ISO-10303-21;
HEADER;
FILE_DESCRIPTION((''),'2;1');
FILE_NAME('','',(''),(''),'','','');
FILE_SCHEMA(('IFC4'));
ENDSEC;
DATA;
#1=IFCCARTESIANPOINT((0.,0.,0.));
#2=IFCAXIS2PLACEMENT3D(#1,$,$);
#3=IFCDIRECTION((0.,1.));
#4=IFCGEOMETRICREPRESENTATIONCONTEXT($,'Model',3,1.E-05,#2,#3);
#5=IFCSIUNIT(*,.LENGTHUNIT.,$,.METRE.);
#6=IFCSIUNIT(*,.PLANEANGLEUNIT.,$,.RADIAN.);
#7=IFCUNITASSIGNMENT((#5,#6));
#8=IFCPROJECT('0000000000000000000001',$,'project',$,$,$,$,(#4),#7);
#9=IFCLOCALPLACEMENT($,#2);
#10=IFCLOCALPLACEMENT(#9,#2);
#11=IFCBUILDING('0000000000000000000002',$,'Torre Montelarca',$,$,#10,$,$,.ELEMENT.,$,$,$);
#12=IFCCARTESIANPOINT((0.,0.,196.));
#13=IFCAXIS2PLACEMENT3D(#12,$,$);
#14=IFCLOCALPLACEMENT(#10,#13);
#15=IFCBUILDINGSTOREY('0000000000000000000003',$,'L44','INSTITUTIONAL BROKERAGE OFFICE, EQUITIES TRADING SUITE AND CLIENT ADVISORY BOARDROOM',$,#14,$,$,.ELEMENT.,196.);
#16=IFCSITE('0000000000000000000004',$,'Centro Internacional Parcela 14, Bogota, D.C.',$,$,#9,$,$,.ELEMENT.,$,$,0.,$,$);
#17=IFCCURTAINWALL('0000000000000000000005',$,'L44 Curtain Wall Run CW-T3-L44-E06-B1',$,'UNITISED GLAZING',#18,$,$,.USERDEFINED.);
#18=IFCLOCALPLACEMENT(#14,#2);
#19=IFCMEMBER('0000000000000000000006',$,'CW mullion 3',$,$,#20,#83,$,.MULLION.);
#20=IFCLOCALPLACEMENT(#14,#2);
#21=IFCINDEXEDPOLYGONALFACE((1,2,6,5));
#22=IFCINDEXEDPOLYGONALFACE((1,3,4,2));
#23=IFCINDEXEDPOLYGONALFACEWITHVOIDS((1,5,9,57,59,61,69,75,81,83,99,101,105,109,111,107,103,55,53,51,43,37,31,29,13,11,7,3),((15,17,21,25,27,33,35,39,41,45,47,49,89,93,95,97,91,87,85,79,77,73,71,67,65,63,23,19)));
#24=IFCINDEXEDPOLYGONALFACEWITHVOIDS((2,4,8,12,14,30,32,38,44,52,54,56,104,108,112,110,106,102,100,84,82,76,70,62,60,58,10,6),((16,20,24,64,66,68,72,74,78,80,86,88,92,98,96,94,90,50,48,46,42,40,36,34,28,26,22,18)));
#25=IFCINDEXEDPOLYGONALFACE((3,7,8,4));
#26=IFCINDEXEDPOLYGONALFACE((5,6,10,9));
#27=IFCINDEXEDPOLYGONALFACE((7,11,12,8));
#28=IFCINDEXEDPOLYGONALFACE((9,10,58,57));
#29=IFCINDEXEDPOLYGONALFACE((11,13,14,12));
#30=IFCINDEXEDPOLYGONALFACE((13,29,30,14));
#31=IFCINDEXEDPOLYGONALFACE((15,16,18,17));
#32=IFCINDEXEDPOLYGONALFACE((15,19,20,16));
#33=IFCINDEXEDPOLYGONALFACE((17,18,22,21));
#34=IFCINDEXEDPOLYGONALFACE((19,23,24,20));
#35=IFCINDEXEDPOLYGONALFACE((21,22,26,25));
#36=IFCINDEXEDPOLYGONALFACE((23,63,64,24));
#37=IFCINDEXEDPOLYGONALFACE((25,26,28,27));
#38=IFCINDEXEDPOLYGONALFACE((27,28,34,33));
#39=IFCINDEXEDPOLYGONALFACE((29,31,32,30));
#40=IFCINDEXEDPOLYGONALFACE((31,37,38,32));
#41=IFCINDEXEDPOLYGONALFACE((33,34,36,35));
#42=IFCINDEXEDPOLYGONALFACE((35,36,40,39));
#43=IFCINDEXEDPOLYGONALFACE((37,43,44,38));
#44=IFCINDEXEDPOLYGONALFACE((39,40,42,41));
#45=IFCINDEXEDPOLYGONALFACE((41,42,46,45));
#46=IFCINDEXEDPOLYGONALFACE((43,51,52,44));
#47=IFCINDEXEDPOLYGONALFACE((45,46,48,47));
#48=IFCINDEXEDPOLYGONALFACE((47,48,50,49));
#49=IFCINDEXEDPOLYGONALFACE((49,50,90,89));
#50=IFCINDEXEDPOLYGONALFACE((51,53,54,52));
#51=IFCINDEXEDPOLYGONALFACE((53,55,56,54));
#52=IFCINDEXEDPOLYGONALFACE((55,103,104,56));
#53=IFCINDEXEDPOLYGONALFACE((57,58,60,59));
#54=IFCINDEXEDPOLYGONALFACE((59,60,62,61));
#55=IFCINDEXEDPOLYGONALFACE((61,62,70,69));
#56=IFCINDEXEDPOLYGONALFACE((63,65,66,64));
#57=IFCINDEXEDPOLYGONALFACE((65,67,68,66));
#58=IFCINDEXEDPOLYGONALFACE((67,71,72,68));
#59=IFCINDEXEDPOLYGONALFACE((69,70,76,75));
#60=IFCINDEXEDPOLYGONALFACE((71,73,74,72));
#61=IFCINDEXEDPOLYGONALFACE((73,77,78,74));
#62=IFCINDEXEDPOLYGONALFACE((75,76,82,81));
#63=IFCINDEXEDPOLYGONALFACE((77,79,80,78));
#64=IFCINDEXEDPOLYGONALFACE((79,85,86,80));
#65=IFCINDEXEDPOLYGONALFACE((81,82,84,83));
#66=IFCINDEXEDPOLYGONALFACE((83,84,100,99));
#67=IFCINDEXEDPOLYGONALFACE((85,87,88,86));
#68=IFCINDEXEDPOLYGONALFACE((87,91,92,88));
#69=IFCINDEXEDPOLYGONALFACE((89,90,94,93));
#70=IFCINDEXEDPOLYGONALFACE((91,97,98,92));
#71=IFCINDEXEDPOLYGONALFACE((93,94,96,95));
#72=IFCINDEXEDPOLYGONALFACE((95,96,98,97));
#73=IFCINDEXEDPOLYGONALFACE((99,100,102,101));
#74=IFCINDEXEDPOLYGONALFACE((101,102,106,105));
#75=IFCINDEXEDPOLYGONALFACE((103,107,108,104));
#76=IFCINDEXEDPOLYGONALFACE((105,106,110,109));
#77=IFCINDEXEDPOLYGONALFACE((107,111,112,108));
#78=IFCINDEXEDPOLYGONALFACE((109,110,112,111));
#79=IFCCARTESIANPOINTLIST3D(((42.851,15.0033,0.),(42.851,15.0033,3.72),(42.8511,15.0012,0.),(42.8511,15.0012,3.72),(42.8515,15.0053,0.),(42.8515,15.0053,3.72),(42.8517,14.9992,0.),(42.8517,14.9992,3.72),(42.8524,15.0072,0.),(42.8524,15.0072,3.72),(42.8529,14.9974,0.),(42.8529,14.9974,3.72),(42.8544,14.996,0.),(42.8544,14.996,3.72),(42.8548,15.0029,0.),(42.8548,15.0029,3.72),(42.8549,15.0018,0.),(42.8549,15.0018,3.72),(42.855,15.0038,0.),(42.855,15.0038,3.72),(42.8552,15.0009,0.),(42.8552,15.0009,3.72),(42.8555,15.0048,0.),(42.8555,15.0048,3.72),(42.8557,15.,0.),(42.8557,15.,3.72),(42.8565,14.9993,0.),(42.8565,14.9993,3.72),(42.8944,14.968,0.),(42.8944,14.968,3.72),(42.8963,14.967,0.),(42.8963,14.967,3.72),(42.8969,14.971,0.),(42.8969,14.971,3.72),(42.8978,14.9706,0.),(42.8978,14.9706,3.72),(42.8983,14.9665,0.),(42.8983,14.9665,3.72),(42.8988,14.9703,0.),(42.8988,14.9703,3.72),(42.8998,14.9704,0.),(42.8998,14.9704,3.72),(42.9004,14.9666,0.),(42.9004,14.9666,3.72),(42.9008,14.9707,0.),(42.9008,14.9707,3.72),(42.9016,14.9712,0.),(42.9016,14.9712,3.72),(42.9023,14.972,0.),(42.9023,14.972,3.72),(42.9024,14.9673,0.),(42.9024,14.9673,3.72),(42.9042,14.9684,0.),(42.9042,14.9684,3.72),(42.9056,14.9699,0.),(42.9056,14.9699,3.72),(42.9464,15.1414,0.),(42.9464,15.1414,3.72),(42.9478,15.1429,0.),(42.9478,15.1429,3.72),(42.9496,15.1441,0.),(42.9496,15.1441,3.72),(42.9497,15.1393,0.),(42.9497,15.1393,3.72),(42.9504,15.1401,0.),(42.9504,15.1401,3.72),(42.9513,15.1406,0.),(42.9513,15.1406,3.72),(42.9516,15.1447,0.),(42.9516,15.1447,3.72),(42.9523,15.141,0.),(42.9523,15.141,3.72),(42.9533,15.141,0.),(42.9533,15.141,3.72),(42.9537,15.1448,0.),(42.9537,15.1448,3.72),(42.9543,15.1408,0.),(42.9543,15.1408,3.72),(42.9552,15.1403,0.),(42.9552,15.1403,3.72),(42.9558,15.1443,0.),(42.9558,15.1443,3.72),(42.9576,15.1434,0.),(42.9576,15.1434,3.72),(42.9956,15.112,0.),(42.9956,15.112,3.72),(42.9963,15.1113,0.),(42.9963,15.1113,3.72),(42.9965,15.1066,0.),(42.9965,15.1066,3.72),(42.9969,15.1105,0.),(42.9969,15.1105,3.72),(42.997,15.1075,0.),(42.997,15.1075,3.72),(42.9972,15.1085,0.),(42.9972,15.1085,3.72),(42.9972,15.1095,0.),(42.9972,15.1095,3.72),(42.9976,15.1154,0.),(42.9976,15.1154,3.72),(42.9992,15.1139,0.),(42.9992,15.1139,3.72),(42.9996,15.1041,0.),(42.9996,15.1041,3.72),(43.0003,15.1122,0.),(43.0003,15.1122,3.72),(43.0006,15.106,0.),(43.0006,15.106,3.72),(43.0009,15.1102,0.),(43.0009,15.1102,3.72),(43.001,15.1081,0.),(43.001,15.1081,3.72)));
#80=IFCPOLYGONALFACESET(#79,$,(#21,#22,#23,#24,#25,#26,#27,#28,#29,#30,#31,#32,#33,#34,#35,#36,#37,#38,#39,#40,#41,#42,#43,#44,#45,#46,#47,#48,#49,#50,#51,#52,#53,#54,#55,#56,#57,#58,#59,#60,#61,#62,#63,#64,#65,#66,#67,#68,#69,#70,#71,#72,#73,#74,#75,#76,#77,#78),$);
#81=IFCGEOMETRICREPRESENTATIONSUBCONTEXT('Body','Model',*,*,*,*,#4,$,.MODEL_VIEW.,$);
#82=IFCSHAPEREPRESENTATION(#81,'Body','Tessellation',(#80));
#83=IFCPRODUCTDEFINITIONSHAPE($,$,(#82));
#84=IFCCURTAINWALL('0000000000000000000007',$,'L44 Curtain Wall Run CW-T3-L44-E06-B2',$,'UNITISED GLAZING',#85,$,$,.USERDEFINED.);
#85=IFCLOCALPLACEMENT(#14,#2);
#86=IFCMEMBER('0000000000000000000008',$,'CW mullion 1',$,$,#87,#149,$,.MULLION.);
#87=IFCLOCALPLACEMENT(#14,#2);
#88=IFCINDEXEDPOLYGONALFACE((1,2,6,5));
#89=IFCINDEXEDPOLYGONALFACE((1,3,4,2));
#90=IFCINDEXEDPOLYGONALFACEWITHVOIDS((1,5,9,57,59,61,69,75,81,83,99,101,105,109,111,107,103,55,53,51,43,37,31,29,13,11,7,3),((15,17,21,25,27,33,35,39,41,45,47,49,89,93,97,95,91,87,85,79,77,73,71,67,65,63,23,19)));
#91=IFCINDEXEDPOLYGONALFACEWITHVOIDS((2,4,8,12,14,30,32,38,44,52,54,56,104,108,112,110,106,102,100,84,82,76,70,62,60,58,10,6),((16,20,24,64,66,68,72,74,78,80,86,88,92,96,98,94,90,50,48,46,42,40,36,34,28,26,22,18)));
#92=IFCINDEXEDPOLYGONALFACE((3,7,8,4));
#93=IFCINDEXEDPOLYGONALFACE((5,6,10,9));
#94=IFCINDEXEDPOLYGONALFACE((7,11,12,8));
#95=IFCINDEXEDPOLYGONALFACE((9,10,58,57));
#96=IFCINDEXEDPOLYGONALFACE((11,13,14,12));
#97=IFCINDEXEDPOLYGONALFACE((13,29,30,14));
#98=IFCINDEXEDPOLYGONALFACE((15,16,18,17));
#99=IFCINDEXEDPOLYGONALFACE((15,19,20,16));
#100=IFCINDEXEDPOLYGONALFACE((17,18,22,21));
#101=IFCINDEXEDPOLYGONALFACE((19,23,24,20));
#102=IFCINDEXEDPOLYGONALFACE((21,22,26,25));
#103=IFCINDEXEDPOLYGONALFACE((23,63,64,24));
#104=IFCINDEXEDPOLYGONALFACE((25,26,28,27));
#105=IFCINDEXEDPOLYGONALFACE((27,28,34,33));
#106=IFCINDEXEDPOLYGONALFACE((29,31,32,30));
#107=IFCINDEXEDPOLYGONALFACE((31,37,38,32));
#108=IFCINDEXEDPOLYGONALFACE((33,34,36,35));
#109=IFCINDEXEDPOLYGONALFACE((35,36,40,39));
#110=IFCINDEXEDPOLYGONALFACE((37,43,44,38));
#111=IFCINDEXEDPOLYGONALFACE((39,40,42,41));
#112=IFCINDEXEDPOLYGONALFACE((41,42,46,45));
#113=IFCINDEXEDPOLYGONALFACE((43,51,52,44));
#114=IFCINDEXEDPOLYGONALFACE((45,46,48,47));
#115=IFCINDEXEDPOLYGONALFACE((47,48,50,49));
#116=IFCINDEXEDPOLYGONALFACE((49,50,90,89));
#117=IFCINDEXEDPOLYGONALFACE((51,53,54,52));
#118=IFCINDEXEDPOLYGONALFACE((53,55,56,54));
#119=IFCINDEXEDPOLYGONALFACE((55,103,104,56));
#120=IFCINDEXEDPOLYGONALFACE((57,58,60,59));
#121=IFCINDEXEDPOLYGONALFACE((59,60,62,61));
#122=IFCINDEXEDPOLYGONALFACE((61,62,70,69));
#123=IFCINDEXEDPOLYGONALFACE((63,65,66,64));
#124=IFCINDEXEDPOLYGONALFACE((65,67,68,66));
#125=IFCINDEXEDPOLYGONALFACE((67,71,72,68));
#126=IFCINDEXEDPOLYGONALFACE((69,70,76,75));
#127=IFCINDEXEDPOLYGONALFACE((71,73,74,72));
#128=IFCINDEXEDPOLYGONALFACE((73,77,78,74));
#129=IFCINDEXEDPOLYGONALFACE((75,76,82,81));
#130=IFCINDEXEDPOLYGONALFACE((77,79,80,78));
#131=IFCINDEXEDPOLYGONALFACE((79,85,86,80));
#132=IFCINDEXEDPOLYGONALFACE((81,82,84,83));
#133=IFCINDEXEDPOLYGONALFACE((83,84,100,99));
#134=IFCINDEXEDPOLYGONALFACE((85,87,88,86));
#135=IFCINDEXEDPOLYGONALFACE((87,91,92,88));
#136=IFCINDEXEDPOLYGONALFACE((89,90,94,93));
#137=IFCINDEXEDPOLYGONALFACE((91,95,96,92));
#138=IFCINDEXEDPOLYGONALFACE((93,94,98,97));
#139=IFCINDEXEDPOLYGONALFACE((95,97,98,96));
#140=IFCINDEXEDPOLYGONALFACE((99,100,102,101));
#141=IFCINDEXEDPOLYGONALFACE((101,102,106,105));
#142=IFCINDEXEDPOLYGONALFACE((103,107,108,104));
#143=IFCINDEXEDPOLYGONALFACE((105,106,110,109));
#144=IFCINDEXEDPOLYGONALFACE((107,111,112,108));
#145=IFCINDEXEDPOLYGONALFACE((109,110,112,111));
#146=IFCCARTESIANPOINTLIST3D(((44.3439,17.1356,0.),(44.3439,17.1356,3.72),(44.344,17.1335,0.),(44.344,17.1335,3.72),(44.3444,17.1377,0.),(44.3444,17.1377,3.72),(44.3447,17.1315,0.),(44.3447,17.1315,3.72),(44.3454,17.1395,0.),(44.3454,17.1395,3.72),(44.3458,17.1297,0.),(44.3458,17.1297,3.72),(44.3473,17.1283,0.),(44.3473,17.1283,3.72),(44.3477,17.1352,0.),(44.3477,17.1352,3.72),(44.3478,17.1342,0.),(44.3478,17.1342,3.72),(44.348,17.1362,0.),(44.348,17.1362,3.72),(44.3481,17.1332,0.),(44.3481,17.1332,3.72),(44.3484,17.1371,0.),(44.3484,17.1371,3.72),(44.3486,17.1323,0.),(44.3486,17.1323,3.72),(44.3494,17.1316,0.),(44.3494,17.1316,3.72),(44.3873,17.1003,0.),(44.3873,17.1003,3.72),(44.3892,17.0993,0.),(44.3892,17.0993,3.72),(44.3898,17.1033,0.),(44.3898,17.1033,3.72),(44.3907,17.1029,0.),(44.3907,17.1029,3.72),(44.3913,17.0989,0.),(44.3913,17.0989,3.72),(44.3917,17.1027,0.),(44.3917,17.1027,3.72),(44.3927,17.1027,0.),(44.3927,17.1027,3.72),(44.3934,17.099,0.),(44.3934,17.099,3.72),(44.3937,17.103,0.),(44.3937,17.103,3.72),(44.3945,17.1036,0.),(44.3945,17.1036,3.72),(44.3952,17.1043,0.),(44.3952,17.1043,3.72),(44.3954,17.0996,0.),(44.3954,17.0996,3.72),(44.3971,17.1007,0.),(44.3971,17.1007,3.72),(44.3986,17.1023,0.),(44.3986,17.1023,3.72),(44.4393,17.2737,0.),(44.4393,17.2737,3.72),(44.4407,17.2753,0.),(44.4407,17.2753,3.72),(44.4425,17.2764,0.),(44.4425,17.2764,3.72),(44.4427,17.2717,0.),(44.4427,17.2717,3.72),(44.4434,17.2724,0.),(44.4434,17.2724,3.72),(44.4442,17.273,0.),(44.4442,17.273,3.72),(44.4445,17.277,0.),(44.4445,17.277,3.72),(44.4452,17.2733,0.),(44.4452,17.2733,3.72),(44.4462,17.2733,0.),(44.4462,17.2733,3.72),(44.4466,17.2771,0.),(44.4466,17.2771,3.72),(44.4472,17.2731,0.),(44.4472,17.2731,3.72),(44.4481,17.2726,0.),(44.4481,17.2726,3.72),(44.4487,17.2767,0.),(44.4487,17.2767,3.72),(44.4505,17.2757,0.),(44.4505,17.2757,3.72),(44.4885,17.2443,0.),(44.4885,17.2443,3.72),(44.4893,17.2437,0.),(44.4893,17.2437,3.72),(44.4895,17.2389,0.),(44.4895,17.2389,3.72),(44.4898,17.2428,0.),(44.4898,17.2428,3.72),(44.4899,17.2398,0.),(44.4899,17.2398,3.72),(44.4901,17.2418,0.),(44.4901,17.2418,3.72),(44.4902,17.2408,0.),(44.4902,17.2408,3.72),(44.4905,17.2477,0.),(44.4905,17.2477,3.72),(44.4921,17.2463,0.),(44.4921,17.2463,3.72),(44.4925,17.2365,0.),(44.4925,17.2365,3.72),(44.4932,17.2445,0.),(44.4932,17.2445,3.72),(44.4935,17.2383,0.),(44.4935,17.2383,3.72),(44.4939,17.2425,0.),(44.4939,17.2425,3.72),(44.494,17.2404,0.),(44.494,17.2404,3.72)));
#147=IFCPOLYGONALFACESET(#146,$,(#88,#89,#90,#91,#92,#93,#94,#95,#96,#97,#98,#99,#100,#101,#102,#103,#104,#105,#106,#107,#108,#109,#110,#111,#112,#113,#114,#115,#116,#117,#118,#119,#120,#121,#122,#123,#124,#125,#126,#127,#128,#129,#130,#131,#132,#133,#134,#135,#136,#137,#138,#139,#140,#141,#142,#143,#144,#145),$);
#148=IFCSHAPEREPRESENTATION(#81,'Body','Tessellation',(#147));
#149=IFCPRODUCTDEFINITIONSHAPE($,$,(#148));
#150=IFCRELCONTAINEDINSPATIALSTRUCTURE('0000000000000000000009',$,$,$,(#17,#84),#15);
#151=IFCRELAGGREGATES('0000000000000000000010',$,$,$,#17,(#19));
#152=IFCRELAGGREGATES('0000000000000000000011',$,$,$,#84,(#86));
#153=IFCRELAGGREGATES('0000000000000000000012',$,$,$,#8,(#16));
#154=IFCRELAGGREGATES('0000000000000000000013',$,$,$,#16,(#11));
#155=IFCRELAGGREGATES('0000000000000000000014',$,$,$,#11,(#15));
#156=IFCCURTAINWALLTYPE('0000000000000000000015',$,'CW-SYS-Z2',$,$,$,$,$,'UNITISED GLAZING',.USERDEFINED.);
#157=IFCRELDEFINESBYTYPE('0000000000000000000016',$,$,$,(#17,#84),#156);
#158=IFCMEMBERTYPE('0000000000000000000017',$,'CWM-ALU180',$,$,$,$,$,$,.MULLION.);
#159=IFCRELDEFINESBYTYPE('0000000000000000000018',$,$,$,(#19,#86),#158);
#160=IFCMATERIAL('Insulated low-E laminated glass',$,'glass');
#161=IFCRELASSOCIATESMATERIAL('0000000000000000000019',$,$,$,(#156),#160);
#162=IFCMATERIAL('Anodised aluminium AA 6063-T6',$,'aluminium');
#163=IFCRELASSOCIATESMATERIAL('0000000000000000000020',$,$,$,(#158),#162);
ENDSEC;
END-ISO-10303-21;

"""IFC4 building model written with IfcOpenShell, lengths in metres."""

from ifc_helpers import new_model, si_unit, direction, frame, origin, origin_2d, place, context, subcontext, project, spatial, hollow_rectangle, extrude, source, transform, mapped, material, material_profile, profile_set, type_object, element, aggregate, save


model = new_model("IFC4")

# Units and contexts
model_context = context("Model", 3, precision=1e-05, world=origin(), true_north=direction((0.0, 1.0)))
body_context = subcontext(model_context, "Body", "Model", "MODEL_VIEW")
ifc_project = project(units=[si_unit("LENGTHUNIT", "METRE"), si_unit("PLANEANGLEUNIT", "RADIAN")], contexts=[model_context])

# Site, building, storey
site_placement = place(None, origin())
site = spatial("IfcSite", under=ifc_project, at=site_placement, Name="Centro Internacional Parcela 14, Bogota, D.C.", CompositionType="ELEMENT", RefElevation=0.0)
building_placement = place(site_placement, origin())
building = spatial("IfcBuilding", under=site, at=building_placement, Name="Torre Montelarca", CompositionType="ELEMENT")
storey_placement = place(building_placement, frame((0.0, 0.0, 196.0)))
storey = spatial("IfcBuildingStorey", under=building, at=storey_placement, Name="L44", Description="INSTITUTIONAL BROKERAGE OFFICE, EQUITIES TRADING SUITE AND CLIENT ADVISORY BOARDROOM", CompositionType="ELEMENT", Elevation=196.0)

# Shared definitions
ifc_material_1 = material(Name="Insulated low-E laminated glass", Category="glass")
curtain_wall_type = type_object("IfcCurtainWallType", Name="CW-SYS-Z2", ElementType="UNITISED GLAZING", PredefinedType="USERDEFINED", material=ifc_material_1)
ifc_material_2 = material(Name="Anodised aluminium AA 6063-T6", Category="aluminium")

# Shared definitions
ifc_material_profile_1 = material_profile(ifc_material_2, hollow_rectangle(XDim=0.0649, YDim=0.1799, WallThickness=0.0039, InnerFilletRadius=0.0039, OuterFilletRadius=0.0081, at=origin_2d()), Name="ALU65X180X4", Category="aluminium")
ifc_profile_set_1 = profile_set([ifc_material_profile_1], Name="Anodised aluminium AA 6063-T6")
member_type_1 = type_object("IfcMemberType", Name="CWM-ALU180", PredefinedType="MULLION", material=ifc_profile_set_1)
shared_shape_1 = source(origin(), body_context, "Body", "SweptSolid", [
    extrude(hollow_rectangle(XDim=0.0649, YDim=0.1799, WallThickness=0.0039, InnerFilletRadius=0.0039, OuterFilletRadius=0.0081, at=origin_2d()), origin(), (0.0, 0.0, 1.0), 3.72),
])

# Curtain walls, members
curtain_wall_1_placement = place(storey_placement, origin())
curtain_wall_1 = element("IfcCurtainWall", 1, at=curtain_wall_1_placement, inside=storey, type_object=curtain_wall_type, Name="L44 Curtain Wall Run CW-T3-L44-E06-B1", ObjectType="UNITISED GLAZING", PredefinedType="USERDEFINED")
member_1_placement = place(storey_placement, frame((42.926, 15.0557, 0.0), z_axis=(0.0, 0.0, 1.0), x_axis=(-0.819159, 0.573567, 0.0)))
member_1 = element("IfcMember", 2, at=member_1_placement, type_object=member_type_1, Name="CW mullion 3", PredefinedType="MULLION", context=body_context, shape_type="MappedRepresentation", body=[
    mapped(shared_shape_1, transform((0.0, 0.0, 0.0), scale=1.0)),
])
curtain_wall_2_placement = place(storey_placement, origin())
curtain_wall_2 = element("IfcCurtainWall", 3, at=curtain_wall_2_placement, inside=storey, type_object=curtain_wall_type, Name="L44 Curtain Wall Run CW-T3-L44-E06-B2", ObjectType="UNITISED GLAZING", PredefinedType="USERDEFINED")
member_2_placement = place(storey_placement, frame((44.4189, 17.188, 0.0), z_axis=(0.0, 0.0, 1.0), x_axis=(-0.819154, 0.573573, 0.0)))
member_2 = element("IfcMember", 4, at=member_2_placement, type_object=member_type_1, Name="CW mullion 1", PredefinedType="MULLION", context=body_context, shape_type="MappedRepresentation", body=[
    mapped(shared_shape_1, transform((0.0, 0.0, 0.0), scale=1.0)),
])

aggregate(curtain_wall_1, [member_1])
aggregate(curtain_wall_2, [member_2])

save(model, "model.ifc")
